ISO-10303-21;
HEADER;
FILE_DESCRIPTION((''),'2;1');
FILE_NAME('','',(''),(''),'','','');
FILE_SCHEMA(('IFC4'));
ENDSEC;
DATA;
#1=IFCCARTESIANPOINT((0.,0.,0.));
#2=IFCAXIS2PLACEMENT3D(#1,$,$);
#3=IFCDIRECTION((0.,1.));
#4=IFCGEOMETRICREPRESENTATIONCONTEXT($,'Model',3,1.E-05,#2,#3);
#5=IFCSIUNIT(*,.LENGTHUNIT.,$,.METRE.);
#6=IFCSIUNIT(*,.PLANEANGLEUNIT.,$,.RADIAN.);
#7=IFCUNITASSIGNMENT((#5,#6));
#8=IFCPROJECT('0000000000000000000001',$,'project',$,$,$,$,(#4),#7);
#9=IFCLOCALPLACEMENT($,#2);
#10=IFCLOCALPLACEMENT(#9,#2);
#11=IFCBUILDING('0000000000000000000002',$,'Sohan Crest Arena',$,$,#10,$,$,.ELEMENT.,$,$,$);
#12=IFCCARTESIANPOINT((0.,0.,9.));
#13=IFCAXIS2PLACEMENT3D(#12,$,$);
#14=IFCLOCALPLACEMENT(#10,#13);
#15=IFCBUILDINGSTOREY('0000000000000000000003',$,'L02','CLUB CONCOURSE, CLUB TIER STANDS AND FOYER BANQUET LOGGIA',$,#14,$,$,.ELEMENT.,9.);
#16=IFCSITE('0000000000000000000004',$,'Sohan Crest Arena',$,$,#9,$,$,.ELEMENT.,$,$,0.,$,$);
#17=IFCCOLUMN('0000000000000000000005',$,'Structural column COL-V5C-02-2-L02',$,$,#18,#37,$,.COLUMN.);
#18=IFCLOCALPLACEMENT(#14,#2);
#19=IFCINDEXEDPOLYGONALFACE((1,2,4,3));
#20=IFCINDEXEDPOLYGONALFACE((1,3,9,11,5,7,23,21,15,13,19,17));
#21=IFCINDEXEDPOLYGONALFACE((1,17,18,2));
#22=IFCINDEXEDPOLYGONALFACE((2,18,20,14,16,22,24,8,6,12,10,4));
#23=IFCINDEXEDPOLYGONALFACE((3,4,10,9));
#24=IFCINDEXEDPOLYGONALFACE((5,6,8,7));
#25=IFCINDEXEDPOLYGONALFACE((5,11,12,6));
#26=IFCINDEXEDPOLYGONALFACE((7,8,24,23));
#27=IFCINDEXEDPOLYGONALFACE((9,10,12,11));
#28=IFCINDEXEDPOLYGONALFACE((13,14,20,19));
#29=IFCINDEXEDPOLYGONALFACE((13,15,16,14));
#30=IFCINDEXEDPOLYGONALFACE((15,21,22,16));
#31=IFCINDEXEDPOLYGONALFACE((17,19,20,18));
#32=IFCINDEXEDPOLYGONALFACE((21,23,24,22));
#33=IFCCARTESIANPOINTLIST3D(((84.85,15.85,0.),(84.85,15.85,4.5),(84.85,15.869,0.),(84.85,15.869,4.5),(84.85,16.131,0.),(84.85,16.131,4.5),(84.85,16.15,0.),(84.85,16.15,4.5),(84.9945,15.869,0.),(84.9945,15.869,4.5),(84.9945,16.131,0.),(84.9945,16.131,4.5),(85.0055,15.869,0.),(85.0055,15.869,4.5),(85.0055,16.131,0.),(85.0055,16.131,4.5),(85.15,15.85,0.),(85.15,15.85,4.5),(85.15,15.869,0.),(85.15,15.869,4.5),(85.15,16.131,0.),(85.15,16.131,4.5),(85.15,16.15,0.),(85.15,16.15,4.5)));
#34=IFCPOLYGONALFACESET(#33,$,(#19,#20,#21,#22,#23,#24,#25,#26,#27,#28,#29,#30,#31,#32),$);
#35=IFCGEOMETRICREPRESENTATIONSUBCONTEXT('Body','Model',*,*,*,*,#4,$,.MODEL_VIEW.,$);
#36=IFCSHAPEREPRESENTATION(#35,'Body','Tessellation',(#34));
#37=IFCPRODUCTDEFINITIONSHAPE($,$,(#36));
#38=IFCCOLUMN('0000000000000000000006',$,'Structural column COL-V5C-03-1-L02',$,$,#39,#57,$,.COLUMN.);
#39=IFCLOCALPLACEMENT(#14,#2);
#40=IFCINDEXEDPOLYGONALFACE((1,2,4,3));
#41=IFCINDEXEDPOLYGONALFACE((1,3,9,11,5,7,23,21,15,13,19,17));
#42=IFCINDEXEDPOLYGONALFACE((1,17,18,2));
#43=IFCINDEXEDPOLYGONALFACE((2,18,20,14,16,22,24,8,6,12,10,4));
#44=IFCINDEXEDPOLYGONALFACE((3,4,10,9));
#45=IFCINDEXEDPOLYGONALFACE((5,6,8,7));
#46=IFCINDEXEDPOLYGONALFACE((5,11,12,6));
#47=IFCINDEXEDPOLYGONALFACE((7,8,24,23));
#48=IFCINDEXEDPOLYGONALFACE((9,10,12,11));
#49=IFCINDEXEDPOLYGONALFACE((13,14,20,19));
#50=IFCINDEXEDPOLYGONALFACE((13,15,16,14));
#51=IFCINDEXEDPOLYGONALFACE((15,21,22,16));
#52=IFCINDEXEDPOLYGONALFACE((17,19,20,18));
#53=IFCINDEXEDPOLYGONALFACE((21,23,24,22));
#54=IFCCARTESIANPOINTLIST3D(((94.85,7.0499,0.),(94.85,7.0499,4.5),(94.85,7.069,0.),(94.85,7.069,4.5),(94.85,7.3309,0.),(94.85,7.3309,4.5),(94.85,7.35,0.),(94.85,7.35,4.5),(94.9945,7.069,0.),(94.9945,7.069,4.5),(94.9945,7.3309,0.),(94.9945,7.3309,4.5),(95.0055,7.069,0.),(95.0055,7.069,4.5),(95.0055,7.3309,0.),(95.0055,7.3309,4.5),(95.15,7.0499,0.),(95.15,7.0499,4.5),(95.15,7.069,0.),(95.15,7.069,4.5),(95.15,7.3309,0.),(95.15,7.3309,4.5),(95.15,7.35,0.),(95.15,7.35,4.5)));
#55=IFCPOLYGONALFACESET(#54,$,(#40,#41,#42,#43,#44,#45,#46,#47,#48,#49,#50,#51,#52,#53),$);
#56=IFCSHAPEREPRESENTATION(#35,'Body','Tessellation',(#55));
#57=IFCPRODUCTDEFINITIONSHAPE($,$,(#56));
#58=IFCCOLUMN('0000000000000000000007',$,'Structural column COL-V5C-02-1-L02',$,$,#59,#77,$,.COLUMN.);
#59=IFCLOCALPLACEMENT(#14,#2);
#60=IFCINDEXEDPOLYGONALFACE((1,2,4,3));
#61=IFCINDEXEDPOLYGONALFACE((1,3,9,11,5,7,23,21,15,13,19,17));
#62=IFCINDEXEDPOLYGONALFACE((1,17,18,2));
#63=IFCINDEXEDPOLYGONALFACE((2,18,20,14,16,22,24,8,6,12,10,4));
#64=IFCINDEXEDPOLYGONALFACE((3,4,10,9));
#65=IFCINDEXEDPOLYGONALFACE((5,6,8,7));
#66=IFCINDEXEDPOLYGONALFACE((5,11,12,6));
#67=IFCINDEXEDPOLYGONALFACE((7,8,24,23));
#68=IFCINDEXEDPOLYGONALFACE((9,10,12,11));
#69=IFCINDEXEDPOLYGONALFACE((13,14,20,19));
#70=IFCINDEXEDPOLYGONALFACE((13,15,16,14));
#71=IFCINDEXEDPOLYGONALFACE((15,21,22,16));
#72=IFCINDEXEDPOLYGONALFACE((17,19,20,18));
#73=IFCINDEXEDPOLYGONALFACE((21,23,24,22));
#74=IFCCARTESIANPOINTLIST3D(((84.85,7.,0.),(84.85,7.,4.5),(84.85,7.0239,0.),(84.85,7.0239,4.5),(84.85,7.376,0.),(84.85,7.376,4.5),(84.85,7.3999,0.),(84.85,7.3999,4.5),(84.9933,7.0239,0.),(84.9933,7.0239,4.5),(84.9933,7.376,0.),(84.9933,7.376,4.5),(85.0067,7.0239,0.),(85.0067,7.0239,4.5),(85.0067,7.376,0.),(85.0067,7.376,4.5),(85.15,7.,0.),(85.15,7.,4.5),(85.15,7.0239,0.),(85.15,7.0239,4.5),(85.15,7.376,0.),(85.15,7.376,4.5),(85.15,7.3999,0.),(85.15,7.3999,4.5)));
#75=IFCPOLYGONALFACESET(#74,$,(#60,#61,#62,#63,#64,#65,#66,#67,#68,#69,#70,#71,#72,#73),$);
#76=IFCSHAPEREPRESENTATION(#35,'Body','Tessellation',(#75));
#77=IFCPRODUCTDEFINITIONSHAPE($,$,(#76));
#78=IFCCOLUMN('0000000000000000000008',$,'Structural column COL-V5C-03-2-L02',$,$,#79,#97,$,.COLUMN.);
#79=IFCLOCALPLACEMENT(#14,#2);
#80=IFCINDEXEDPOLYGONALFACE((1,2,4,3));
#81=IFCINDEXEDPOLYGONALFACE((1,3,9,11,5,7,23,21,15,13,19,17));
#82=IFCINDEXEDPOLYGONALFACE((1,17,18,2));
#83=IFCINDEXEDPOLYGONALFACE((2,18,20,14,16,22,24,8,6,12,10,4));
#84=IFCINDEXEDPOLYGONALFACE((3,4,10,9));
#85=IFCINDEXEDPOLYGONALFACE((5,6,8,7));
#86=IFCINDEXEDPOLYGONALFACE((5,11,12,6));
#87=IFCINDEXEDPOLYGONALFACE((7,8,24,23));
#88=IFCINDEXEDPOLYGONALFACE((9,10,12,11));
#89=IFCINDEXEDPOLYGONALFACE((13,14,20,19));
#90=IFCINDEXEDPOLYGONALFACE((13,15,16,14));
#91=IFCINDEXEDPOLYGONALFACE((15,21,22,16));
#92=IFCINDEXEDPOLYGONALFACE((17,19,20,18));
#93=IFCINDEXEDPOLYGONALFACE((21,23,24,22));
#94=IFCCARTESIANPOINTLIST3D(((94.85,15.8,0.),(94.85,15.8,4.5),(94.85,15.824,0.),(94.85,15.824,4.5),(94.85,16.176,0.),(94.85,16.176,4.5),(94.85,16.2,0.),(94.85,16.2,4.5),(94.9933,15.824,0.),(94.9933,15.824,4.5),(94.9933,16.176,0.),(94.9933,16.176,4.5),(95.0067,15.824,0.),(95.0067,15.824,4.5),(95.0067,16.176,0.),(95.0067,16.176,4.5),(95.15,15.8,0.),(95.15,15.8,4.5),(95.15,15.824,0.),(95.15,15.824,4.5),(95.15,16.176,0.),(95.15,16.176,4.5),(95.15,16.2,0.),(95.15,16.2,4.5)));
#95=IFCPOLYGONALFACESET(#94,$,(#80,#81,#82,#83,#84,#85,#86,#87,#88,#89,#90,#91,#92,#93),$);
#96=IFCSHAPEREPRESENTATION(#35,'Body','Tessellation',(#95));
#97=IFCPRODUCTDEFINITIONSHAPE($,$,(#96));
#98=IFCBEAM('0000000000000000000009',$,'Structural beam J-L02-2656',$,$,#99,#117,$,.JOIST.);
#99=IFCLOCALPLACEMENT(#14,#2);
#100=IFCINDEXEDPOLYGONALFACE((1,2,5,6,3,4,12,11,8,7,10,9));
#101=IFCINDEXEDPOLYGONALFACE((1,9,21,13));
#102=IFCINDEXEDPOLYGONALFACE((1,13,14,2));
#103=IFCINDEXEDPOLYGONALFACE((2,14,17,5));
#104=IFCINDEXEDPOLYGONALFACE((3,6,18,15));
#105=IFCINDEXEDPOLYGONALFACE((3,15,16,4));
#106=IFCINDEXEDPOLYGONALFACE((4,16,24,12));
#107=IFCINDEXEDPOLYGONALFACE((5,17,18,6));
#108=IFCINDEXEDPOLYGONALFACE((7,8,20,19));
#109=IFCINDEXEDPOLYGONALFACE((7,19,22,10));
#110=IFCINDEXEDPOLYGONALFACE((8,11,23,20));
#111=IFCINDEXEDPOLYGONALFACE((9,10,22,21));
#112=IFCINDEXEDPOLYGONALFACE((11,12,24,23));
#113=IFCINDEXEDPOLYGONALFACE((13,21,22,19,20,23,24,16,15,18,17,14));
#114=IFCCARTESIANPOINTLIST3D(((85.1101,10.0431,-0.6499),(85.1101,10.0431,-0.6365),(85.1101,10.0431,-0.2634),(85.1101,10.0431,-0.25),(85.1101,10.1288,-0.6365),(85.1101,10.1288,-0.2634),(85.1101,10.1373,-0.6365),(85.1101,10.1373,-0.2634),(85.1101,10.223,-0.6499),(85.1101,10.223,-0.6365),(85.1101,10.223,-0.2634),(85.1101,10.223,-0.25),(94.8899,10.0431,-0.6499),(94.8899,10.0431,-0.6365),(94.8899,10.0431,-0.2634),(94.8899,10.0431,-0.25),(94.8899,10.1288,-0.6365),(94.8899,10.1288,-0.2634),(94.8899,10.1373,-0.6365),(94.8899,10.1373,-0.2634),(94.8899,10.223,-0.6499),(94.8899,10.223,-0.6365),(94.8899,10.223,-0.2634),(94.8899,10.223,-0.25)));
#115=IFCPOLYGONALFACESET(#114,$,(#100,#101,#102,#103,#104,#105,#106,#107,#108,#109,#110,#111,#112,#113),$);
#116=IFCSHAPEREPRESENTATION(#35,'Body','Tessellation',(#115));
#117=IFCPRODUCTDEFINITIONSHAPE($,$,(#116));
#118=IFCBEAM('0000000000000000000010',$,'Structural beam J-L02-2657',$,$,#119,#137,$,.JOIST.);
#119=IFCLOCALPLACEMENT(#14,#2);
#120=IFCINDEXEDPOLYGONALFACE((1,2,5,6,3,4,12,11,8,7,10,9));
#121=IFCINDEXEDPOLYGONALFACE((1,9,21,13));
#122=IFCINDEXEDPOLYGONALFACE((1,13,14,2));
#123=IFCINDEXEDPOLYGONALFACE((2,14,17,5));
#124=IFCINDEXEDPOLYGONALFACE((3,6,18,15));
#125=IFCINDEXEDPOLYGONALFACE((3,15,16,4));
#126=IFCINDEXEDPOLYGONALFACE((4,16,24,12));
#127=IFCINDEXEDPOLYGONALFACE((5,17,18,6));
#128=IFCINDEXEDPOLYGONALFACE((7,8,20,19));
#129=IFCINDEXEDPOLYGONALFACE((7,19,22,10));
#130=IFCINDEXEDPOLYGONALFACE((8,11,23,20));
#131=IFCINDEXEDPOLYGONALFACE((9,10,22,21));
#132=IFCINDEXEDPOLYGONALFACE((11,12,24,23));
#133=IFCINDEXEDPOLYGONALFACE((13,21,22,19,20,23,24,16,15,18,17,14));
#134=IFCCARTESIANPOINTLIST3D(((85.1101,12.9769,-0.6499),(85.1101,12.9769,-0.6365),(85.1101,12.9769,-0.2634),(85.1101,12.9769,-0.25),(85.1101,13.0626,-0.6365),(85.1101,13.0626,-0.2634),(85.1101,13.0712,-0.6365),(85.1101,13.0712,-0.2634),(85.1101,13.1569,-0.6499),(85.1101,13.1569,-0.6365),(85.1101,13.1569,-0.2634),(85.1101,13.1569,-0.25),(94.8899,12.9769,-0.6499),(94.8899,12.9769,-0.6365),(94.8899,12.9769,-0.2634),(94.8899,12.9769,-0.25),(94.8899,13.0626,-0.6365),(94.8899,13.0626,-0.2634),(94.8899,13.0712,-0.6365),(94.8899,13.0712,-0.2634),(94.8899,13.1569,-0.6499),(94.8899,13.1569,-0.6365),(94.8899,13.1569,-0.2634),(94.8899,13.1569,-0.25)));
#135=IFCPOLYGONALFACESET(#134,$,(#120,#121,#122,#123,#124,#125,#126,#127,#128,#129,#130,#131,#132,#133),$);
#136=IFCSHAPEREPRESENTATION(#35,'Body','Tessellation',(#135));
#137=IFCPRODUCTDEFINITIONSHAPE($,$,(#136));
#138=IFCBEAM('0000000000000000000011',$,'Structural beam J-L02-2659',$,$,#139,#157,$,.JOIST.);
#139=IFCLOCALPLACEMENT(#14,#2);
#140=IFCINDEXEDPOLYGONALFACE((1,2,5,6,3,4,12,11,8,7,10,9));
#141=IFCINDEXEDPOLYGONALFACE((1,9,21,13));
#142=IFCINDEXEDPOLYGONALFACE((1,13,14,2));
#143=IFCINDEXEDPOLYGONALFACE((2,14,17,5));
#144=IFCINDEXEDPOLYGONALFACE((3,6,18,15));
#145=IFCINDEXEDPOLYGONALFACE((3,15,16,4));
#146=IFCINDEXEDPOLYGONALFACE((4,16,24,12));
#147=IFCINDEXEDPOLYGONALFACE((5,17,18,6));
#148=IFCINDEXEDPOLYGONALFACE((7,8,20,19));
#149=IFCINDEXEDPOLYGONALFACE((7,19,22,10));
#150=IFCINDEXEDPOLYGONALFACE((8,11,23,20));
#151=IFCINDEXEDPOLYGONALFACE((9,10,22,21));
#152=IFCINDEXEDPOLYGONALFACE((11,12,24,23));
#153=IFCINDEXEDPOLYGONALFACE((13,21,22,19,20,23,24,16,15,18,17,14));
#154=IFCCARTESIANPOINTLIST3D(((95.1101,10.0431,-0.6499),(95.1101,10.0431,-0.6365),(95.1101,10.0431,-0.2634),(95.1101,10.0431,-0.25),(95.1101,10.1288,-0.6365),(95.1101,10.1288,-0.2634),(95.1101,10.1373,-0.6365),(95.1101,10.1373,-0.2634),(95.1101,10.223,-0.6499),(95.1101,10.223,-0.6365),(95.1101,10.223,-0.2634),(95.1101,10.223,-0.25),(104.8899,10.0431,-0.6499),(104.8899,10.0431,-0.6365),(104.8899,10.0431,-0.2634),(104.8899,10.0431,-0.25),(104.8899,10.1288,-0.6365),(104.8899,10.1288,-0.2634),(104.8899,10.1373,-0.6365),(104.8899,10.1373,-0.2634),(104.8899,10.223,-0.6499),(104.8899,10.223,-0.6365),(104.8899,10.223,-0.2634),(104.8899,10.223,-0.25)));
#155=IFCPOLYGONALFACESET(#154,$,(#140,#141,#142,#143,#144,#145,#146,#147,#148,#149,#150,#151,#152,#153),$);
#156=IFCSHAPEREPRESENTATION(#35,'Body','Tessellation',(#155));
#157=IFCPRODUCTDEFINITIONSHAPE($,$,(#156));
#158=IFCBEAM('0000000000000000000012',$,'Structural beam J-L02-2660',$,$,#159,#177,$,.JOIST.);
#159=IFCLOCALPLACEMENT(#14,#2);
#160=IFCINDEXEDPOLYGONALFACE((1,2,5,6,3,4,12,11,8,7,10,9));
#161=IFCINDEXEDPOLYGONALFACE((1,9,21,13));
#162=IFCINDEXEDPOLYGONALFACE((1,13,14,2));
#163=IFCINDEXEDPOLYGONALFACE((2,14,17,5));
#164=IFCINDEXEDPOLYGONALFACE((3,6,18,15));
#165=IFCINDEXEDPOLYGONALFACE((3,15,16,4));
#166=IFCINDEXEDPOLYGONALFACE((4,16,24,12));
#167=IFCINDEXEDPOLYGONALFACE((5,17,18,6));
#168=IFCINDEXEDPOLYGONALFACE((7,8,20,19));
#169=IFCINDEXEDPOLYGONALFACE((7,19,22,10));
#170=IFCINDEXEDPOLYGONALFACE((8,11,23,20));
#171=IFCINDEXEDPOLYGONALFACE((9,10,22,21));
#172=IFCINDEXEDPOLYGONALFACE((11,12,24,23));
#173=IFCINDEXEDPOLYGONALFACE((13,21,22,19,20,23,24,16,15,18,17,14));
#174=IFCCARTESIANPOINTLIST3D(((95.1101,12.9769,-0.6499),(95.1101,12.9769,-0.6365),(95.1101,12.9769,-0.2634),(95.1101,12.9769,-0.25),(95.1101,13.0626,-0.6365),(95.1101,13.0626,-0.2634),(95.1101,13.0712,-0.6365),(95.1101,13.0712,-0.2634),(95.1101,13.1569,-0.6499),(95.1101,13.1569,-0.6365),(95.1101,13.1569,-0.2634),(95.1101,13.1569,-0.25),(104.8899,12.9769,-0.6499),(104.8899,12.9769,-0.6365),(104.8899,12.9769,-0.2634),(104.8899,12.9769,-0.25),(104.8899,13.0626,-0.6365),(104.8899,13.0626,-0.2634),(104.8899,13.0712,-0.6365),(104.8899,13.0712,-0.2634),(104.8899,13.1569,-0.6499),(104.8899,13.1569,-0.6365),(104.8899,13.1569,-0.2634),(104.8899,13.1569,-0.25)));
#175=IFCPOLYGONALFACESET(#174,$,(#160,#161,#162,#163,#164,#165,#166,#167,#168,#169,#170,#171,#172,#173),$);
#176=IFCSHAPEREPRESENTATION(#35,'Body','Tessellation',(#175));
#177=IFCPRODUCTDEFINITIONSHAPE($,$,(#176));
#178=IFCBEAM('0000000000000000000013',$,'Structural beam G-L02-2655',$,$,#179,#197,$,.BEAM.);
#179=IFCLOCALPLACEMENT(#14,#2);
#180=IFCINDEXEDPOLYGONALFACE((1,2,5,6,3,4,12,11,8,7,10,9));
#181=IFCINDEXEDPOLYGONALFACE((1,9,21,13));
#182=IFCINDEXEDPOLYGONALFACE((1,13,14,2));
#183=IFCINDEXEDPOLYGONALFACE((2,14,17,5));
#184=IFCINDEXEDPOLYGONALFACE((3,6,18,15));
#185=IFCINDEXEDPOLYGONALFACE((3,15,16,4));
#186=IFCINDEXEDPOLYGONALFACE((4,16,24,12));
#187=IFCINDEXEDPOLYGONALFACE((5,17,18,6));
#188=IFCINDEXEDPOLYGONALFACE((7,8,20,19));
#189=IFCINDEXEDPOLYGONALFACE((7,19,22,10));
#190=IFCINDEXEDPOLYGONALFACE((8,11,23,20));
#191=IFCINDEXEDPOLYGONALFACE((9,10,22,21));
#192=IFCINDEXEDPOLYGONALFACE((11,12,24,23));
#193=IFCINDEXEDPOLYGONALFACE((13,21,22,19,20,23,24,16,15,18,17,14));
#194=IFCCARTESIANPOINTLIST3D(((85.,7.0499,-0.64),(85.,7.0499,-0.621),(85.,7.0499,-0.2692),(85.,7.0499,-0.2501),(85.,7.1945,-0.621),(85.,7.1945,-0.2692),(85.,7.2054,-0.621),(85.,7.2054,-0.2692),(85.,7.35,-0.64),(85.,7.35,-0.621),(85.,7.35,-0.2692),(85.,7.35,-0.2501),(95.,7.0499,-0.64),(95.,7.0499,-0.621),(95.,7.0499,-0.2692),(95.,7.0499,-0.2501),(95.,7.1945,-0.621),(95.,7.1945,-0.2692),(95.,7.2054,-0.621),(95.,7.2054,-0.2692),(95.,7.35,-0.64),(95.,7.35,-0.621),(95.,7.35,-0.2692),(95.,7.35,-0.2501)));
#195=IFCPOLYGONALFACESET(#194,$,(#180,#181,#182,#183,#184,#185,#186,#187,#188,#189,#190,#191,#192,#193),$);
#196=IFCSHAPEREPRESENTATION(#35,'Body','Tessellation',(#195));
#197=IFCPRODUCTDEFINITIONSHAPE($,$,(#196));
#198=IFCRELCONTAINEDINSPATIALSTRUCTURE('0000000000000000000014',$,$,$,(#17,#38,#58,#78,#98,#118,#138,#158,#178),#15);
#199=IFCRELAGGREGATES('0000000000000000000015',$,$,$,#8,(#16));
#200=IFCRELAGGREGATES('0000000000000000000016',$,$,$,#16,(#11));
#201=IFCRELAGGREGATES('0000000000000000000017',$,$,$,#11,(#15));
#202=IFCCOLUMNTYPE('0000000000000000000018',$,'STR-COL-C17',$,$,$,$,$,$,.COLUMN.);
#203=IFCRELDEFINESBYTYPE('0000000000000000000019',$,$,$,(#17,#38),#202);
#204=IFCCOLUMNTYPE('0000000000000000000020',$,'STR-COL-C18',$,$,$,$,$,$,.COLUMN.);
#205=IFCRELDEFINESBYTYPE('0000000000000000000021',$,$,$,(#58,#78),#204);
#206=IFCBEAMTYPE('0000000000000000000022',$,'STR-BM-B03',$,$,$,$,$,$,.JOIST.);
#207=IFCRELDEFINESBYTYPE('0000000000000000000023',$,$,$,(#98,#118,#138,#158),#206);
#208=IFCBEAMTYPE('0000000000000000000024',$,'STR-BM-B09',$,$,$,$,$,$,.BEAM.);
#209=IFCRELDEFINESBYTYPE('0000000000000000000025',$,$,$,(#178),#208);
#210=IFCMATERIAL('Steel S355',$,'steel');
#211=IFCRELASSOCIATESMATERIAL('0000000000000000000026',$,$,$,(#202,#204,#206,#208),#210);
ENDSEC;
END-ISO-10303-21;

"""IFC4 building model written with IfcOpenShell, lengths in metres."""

from ifc_helpers import new_model, si_unit, direction, frame, origin, origin_2d, place, context, subcontext, project, spatial, i_section, extrude, material, material_profile, profile_set, type_object, element, save


model = new_model("IFC4")

# Units and contexts
model_context = context("Model", 3, precision=1e-05, world=origin(), true_north=direction((0.0, 1.0)))
body_context = subcontext(model_context, "Body", "Model", "MODEL_VIEW")
ifc_project = project(units=[si_unit("LENGTHUNIT", "METRE"), si_unit("PLANEANGLEUNIT", "RADIAN")], contexts=[model_context])

# Site, building, storey
site_placement = place(None, origin())
site = spatial("IfcSite", under=ifc_project, at=site_placement, Name="Sohan Crest Arena", CompositionType="ELEMENT", RefElevation=0.0)
building_placement = place(site_placement, origin())
building = spatial("IfcBuilding", under=site, at=building_placement, Name="Sohan Crest Arena", CompositionType="ELEMENT")
storey_placement = place(building_placement, frame((0.0, 0.0, 9.0)))
storey = spatial("IfcBuildingStorey", under=building, at=storey_placement, Name="L02", Description="CLUB CONCOURSE, CLUB TIER STANDS AND FOYER BANQUET LOGGIA", CompositionType="ELEMENT", Elevation=9.0)

# Columns
ifc_material_1 = material(Name="Steel S355", Category="steel")
ifc_material_profile_1 = material_profile(ifc_material_1, i_section(OverallWidth=0.3, OverallDepth=0.3, WebThickness=0.011, FlangeThickness=0.019, at=origin_2d()), Name="HEB 300")
ifc_profile_set_1 = profile_set([ifc_material_profile_1], Name="Steel S355")
column_type_1 = type_object("IfcColumnType", Name="STR-COL-C17", PredefinedType="COLUMN", material=ifc_profile_set_1)
for number, where, z_axis, x_axis, name in (
    (1, (85.0, 16.0, 0.0), (0.0, 0.0, 1.0), (1.0, 0.0, 0.0), "Structural column COL-V5C-02-2-L02"),
    (2, (95.0, 7.2, 0.0), (0.0, 0.0, 1.0), (1.0, 0.0, 0.0), "Structural column COL-V5C-03-1-L02"),
):
    element("IfcColumn", number, at=place(storey_placement, frame(where, z_axis=z_axis, x_axis=x_axis)), inside=storey, type_object=column_type_1, Name=name, PredefinedType="COLUMN", context=body_context, shape_type="SweptSolid", body=[
        extrude(i_section(OverallWidth=0.3, OverallDepth=0.3, WebThickness=0.011, FlangeThickness=0.019, at=origin_2d()), origin(), (0.0, 0.0, 1.0), 4.5),
    ])
ifc_material_profile_2 = material_profile(ifc_material_1, i_section(OverallWidth=0.3, OverallDepth=0.3999, WebThickness=0.0134, FlangeThickness=0.0239, at=origin_2d()), Name="HEB 400")
ifc_profile_set_2 = profile_set([ifc_material_profile_2], Name="Steel S355")
column_type_2 = type_object("IfcColumnType", Name="STR-COL-C18", PredefinedType="COLUMN", material=ifc_profile_set_2)
for number, where, z_axis, x_axis, name in (
    (3, (85.0, 7.2, 0.0), (0.0, 0.0, 1.0), (1.0, 0.0, 0.0), "Structural column COL-V5C-02-1-L02"),
    (4, (95.0, 16.0, 0.0), (0.0, 0.0, 1.0), (1.0, 0.0, 0.0), "Structural column COL-V5C-03-2-L02"),
):
    element("IfcColumn", number, at=place(storey_placement, frame(where, z_axis=z_axis, x_axis=x_axis)), inside=storey, type_object=column_type_2, Name=name, PredefinedType="COLUMN", context=body_context, shape_type="SweptSolid", body=[
        extrude(i_section(OverallWidth=0.3, OverallDepth=0.3999, WebThickness=0.0134, FlangeThickness=0.0239, at=origin_2d()), origin(), (0.0, 0.0, 1.0), 4.5),
    ])

# Beams
ifc_material_profile_3 = material_profile(ifc_material_1, i_section(OverallWidth=0.1799, OverallDepth=0.3999, WebThickness=0.0085, FlangeThickness=0.0134, at=origin_2d()), Name="IPE 400")
ifc_profile_set_3 = profile_set([ifc_material_profile_3], Name="Steel S355")
beam_type_1 = type_object("IfcBeamType", Name="STR-BM-B03", PredefinedType="JOIST", material=ifc_profile_set_3)
for number, where, z_axis, x_axis, name in (
    (5, (85.1101, 10.1331, -0.45), (1.0, 0.0, 0.0), (0.0, 1.0, 0.0), "Structural beam J-L02-2656"),
    (6, (85.1101, 13.0669, -0.45), (1.0, 0.0, 0.0), (0.0, 1.0, 0.0), "Structural beam J-L02-2657"),
    (7, (95.1101, 10.1331, -0.45), (1.0, 0.0, 0.0), (0.0, 1.0, 0.0), "Structural beam J-L02-2659"),
    (8, (95.1101, 13.0669, -0.45), (1.0, 0.0, 0.0), (0.0, 1.0, 0.0), "Structural beam J-L02-2660"),
):
    element("IfcBeam", number, at=place(storey_placement, frame(where, z_axis=z_axis, x_axis=x_axis)), inside=storey, type_object=beam_type_1, Name=name, PredefinedType="JOIST", context=body_context, shape_type="SweptSolid", body=[
        extrude(i_section(OverallWidth=0.1799, OverallDepth=0.3999, WebThickness=0.0085, FlangeThickness=0.0134, at=origin_2d()), origin(), (0.0, 0.0, 1.0), 9.7798),
    ])
ifc_material_profile_4 = material_profile(ifc_material_1, i_section(OverallWidth=0.3, OverallDepth=0.3899, WebThickness=0.011, FlangeThickness=0.019, at=origin_2d()), Name="HEA 400")
ifc_profile_set_4 = profile_set([ifc_material_profile_4], Name="Steel S355")
beam_type_2 = type_object("IfcBeamType", Name="STR-BM-B09", PredefinedType="BEAM", material=ifc_profile_set_4)
for number, where, z_axis, x_axis, name in (
    (9, (85.0, 7.2, -0.4451), (1.0, 0.0, 0.0), (0.0, 1.0, 0.0), "Structural beam G-L02-2655"),
):
    element("IfcBeam", number, at=place(storey_placement, frame(where, z_axis=z_axis, x_axis=x_axis)), inside=storey, type_object=beam_type_2, Name=name, PredefinedType="BEAM", context=body_context, shape_type="SweptSolid", body=[
        extrude(i_section(OverallWidth=0.3, OverallDepth=0.3899, WebThickness=0.011, FlangeThickness=0.019, at=origin_2d()), origin(), (0.0, 0.0, 1.0), 10.0),
    ])

save(model, "model.ifc")
